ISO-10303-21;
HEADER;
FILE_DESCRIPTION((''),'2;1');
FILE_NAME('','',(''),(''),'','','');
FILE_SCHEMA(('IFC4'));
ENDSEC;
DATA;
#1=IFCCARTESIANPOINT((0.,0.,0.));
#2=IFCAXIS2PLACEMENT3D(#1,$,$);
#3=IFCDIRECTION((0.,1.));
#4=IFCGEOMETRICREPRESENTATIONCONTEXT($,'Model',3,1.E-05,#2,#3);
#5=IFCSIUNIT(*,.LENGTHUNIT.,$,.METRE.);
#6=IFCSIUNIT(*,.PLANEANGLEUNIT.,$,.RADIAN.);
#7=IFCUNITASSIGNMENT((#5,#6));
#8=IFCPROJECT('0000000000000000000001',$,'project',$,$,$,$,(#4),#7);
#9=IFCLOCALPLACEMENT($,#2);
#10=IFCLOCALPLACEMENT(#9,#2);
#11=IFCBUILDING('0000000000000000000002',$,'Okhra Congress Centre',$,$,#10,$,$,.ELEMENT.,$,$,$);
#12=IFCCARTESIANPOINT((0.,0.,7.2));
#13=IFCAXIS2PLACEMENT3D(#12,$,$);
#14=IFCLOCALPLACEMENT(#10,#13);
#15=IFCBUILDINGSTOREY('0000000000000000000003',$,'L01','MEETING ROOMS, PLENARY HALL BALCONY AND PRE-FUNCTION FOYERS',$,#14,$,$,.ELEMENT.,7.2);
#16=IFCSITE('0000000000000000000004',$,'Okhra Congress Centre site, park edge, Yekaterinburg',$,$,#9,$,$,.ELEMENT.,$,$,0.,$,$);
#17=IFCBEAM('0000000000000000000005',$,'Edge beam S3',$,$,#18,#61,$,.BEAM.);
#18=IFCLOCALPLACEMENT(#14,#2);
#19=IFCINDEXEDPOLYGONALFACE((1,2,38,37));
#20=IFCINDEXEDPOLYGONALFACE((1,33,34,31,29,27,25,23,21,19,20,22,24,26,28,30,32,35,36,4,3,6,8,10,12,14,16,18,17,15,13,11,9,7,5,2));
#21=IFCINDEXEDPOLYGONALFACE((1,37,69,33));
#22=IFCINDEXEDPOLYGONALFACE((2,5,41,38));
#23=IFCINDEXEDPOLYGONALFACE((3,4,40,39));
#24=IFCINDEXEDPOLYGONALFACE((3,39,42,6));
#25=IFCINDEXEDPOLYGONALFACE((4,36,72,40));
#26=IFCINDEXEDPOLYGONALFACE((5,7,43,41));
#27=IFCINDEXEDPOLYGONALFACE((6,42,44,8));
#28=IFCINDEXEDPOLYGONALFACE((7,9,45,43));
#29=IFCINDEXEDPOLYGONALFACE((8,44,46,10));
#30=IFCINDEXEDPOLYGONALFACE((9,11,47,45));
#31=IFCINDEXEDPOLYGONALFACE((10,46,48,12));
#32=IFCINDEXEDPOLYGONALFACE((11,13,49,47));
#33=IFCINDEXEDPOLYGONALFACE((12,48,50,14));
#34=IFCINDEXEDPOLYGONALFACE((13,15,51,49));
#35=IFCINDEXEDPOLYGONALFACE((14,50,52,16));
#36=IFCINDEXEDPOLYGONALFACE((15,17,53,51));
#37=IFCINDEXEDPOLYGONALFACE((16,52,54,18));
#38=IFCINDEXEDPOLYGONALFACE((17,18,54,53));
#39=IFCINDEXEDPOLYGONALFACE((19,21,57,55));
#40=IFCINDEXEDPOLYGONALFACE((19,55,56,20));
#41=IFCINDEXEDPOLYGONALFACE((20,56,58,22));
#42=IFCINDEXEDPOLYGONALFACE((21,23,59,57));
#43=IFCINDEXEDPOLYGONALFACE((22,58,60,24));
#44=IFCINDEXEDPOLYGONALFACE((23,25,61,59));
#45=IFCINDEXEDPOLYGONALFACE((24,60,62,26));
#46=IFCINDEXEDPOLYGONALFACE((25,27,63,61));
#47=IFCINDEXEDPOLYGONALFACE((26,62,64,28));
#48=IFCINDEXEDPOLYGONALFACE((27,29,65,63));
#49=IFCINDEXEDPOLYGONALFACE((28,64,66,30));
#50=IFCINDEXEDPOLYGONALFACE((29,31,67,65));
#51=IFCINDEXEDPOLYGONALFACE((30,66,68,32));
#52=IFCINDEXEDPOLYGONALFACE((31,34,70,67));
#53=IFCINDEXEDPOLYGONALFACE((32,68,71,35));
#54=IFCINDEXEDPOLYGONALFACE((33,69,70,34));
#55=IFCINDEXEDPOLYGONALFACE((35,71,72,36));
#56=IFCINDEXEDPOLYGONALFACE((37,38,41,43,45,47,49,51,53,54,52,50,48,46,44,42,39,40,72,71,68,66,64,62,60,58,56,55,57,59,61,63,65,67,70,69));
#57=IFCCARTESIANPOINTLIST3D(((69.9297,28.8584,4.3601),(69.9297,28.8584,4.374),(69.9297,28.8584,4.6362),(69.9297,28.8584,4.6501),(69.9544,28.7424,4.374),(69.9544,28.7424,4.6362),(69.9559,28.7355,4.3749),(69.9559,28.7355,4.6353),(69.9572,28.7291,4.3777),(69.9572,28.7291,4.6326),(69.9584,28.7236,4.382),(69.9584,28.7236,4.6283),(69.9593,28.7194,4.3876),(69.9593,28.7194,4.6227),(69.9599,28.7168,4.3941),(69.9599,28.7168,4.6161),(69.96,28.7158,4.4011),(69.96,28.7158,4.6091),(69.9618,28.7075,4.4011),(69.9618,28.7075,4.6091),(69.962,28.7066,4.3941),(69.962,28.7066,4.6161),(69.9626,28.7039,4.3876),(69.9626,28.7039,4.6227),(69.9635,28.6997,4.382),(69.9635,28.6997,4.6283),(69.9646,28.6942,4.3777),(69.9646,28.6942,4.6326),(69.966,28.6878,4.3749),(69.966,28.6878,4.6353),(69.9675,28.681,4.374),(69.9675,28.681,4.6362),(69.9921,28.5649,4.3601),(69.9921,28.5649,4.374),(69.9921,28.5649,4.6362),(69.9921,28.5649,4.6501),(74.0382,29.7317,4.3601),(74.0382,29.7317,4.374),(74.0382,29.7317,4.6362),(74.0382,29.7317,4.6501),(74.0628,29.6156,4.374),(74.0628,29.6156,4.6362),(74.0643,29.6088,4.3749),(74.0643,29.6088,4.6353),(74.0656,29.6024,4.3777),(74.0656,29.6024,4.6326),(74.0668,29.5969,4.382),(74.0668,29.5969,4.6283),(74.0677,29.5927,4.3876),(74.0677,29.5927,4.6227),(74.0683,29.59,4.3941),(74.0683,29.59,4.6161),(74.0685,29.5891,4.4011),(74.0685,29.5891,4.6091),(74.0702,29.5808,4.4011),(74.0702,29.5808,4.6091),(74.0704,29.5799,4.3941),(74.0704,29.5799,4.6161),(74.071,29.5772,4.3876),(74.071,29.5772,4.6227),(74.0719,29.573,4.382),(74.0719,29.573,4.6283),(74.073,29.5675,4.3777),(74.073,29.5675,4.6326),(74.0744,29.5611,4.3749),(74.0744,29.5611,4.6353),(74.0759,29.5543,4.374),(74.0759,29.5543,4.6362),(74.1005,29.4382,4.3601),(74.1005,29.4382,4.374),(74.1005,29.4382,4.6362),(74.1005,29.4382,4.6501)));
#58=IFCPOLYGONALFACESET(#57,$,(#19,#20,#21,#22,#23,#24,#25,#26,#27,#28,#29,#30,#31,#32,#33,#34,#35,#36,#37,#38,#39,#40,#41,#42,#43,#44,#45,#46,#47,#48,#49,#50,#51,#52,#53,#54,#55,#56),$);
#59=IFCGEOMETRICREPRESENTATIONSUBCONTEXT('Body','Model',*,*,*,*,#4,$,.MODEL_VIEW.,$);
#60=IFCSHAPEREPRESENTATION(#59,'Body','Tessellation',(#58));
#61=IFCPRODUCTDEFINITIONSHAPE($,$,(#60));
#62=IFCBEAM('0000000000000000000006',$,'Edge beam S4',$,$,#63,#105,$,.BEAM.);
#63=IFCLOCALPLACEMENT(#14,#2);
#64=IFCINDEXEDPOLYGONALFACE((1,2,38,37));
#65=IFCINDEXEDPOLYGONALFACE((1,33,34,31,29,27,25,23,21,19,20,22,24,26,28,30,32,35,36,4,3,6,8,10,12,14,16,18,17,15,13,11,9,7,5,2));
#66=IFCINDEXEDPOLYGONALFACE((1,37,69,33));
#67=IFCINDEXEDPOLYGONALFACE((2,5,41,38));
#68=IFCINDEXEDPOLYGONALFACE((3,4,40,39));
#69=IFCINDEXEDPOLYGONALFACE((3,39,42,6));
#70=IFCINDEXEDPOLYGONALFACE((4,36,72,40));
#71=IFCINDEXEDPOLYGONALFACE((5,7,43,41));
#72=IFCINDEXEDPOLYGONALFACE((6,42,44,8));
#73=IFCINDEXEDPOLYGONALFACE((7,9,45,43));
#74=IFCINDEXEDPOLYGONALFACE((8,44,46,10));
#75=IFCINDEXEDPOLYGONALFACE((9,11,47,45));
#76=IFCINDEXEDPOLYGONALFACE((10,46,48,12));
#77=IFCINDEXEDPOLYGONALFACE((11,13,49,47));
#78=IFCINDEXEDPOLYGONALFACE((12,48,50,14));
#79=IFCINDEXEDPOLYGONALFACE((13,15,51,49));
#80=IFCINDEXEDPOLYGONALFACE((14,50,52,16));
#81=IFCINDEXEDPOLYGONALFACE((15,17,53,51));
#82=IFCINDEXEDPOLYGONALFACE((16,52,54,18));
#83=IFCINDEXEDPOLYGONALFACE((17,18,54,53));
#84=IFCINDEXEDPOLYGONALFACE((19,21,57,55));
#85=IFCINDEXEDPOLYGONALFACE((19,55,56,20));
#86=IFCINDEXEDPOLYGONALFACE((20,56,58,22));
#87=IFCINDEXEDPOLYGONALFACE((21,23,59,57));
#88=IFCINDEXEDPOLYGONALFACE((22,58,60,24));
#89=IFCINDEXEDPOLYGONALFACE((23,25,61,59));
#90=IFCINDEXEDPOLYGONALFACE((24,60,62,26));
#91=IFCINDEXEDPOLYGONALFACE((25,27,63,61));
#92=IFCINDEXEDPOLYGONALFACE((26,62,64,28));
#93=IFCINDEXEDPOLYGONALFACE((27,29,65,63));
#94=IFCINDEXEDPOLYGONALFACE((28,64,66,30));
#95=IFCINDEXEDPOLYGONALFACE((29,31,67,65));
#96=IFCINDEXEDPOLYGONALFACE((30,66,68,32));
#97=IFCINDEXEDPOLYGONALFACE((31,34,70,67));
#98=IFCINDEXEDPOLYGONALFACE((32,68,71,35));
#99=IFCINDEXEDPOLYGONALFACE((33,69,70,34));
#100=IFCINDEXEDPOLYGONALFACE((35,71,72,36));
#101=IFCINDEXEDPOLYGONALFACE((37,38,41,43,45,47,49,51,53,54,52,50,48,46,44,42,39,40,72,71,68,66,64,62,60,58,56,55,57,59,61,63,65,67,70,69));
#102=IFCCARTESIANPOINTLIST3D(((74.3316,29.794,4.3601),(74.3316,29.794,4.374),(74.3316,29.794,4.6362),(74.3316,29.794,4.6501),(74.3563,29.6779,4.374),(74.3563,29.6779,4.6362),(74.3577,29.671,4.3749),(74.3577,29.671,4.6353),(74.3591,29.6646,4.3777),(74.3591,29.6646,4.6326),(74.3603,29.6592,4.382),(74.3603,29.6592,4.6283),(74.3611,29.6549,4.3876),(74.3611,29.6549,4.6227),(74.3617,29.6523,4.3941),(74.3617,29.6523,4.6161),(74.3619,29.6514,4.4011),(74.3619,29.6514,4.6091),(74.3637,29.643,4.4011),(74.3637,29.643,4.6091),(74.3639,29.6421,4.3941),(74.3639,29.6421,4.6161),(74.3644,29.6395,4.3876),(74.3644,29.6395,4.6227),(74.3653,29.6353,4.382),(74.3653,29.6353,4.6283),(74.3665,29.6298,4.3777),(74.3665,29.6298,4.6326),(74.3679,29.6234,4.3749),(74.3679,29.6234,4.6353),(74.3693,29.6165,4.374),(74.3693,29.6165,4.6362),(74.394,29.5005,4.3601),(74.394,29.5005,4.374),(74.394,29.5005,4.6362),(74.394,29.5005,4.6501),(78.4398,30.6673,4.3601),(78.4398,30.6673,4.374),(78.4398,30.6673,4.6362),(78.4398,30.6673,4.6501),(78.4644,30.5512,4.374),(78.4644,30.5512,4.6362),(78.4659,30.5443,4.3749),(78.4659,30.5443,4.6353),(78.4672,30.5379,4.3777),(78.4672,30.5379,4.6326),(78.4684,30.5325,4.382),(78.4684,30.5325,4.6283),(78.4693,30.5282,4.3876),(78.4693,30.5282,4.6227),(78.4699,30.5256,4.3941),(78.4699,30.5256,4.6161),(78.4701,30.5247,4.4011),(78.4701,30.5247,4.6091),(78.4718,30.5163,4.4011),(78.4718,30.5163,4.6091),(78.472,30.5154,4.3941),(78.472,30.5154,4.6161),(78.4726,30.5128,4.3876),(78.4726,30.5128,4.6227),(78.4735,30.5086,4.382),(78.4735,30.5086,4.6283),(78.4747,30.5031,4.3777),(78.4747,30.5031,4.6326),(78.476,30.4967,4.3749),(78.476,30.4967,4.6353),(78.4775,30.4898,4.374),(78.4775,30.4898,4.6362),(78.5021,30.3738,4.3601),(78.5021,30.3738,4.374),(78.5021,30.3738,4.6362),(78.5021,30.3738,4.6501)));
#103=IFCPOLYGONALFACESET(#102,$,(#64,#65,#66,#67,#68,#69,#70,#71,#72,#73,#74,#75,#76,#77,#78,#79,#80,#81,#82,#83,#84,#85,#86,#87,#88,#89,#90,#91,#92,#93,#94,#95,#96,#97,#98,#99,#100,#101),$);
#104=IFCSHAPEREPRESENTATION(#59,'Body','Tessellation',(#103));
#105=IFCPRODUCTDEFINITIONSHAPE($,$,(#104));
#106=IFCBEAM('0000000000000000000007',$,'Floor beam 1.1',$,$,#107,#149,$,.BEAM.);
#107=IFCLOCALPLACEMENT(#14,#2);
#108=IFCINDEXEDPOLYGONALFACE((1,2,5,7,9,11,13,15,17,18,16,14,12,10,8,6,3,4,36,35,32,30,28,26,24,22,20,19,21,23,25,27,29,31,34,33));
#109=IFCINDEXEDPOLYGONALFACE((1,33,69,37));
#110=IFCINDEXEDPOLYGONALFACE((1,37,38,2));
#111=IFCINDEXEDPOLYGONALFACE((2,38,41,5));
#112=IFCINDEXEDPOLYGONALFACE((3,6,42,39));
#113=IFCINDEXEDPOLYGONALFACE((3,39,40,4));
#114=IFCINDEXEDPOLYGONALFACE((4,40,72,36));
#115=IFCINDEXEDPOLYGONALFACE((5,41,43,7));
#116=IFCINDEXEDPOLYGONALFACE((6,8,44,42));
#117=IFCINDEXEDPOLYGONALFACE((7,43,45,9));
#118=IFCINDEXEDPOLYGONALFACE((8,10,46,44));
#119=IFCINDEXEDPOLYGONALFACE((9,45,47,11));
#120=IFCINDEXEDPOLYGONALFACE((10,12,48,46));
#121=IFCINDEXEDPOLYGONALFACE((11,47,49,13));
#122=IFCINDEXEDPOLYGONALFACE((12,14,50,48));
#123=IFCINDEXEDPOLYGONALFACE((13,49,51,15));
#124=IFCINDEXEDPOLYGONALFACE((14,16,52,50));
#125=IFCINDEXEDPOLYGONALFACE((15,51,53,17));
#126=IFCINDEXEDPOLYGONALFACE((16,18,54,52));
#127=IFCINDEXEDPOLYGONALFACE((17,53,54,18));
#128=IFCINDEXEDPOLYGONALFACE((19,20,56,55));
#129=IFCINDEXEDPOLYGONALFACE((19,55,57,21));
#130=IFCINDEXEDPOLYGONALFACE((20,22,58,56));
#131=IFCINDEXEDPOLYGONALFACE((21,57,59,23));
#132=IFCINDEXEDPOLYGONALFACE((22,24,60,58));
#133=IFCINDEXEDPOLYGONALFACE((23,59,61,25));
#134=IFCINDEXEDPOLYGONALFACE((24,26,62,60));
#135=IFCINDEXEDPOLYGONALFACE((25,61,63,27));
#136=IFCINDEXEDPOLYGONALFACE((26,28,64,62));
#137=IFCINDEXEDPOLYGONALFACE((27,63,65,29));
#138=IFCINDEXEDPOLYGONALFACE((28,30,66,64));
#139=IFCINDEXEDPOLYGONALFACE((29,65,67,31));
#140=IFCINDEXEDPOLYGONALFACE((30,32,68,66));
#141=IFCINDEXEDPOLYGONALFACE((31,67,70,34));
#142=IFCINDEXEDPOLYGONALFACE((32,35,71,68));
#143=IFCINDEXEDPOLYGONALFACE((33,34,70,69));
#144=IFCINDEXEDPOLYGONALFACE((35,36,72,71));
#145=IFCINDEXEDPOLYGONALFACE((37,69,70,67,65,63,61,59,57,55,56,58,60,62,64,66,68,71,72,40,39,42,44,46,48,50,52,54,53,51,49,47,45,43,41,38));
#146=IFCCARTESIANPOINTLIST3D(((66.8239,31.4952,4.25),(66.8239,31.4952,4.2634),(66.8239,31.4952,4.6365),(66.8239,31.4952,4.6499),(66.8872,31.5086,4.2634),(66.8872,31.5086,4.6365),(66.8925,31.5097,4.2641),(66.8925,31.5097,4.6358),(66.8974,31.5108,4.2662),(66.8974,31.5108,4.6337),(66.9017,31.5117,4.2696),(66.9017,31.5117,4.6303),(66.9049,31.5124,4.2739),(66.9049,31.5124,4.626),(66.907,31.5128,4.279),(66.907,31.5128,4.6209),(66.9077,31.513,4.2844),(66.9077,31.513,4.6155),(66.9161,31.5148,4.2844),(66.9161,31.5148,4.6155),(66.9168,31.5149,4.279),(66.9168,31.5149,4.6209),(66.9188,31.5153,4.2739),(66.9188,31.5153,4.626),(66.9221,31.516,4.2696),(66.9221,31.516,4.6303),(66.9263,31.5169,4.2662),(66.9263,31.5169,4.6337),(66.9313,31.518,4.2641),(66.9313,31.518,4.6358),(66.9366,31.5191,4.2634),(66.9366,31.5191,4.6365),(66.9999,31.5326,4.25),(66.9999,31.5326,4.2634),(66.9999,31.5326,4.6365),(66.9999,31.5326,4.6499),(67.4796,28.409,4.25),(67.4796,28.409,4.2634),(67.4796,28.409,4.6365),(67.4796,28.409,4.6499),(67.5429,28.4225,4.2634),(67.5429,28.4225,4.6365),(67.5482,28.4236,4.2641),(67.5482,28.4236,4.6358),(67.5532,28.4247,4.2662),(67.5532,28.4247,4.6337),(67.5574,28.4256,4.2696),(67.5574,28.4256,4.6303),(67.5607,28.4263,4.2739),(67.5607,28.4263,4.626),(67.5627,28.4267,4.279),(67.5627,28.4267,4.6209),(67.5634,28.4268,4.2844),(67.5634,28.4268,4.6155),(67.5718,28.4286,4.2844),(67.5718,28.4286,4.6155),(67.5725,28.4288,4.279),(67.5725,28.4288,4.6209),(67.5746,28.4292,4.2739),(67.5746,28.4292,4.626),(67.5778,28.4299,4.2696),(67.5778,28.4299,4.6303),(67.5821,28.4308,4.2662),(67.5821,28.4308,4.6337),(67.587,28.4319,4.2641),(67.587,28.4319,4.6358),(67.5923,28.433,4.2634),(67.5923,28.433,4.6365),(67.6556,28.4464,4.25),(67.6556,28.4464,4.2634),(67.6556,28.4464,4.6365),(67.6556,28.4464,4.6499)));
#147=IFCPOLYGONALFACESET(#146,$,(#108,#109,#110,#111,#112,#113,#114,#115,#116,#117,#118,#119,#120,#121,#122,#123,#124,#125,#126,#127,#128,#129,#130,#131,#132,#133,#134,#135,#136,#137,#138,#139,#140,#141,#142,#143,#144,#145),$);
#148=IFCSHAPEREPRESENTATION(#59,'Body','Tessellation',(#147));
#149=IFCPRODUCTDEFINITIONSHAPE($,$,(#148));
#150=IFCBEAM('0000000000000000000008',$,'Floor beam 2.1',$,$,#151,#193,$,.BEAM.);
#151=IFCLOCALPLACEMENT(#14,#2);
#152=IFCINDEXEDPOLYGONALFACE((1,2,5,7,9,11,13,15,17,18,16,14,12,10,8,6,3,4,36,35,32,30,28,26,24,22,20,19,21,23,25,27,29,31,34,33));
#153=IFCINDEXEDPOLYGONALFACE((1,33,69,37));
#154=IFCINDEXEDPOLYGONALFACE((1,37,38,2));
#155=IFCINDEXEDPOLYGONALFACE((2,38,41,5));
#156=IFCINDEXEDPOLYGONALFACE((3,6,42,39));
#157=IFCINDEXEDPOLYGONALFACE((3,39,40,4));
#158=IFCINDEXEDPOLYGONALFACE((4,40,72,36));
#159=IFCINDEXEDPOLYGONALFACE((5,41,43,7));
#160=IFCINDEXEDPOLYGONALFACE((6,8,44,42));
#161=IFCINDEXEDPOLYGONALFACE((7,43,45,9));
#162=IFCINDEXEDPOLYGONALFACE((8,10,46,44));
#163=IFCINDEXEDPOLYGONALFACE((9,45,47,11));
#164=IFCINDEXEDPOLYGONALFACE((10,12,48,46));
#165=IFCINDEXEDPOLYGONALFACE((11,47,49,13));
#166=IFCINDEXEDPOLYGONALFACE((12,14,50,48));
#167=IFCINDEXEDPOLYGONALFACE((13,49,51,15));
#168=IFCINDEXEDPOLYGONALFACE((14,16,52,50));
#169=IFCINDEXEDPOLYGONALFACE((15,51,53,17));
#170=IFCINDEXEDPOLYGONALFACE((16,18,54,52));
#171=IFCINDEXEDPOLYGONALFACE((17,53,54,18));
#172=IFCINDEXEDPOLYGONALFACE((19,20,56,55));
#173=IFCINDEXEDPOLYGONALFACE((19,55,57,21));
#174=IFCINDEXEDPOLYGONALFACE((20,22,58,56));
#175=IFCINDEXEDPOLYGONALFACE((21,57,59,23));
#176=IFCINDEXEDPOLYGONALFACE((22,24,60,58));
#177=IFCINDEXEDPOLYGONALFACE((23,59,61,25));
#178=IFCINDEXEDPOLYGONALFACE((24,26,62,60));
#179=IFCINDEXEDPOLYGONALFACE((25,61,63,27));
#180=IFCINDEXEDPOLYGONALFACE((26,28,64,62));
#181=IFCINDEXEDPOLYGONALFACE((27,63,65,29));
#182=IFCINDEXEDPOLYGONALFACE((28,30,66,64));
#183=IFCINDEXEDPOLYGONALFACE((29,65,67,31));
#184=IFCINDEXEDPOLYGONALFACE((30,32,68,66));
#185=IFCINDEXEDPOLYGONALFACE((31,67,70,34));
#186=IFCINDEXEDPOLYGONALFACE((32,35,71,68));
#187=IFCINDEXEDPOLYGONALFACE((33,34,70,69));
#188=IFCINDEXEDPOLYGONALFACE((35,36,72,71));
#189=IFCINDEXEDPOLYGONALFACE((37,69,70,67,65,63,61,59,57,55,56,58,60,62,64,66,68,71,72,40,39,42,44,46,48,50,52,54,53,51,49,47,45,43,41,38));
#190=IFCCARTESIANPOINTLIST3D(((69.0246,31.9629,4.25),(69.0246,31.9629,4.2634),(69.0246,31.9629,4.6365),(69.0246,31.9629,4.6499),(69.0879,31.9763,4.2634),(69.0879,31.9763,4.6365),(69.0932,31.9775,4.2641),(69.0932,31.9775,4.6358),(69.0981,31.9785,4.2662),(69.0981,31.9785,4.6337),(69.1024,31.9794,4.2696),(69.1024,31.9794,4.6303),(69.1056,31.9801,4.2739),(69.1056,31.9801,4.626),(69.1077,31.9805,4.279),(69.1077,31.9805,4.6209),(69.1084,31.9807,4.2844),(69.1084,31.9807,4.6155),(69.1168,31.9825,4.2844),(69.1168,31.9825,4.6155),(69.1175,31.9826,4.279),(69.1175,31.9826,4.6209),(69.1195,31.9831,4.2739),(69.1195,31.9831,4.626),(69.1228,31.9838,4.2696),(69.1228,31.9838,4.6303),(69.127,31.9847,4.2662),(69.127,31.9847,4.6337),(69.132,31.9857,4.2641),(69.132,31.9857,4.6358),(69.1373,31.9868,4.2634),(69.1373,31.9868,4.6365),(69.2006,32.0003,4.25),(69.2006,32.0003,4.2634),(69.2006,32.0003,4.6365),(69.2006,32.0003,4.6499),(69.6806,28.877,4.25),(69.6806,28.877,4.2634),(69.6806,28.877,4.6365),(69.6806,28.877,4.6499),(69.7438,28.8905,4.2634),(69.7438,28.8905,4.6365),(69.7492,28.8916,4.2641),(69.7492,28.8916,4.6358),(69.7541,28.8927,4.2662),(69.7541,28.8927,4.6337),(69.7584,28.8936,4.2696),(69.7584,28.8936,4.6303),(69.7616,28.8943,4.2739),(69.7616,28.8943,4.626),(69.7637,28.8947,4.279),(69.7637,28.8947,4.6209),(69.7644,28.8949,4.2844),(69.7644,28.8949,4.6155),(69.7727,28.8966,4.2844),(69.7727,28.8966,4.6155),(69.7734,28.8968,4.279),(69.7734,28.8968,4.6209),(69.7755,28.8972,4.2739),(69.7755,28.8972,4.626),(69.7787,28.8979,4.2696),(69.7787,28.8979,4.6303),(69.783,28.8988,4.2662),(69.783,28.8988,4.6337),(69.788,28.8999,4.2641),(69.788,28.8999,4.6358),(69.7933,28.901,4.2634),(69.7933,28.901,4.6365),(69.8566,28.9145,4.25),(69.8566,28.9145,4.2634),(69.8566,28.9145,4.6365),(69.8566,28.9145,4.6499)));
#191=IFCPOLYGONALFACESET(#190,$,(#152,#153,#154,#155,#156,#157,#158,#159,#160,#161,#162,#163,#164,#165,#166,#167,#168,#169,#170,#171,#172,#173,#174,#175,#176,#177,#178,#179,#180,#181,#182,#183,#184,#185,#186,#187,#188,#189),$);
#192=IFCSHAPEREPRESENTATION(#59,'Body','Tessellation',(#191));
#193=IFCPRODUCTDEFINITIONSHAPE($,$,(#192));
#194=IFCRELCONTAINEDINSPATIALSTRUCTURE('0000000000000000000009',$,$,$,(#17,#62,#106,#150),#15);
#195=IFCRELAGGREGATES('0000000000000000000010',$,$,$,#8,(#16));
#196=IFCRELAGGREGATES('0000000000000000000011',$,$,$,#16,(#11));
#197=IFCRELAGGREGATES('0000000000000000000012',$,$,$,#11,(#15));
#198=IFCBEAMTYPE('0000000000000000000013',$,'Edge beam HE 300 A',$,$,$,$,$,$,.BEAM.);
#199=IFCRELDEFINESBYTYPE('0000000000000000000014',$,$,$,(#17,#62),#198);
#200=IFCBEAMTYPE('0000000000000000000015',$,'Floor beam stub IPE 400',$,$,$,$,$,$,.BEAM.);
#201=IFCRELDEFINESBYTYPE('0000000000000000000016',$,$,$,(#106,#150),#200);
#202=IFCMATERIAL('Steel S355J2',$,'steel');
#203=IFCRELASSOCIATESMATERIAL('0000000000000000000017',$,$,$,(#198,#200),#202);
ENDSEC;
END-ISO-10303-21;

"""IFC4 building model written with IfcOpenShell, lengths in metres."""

from ifc_helpers import new_model, si_unit, direction, frame, origin, origin_2d, place, context, subcontext, project, spatial, i_section, extrude, material, material_profile, profile_set, type_object, element, save


model = new_model("IFC4")

# Units and contexts
model_context = context("Model", 3, precision=1e-05, world=origin(), true_north=direction((0.0, 1.0)))
body_context = subcontext(model_context, "Body", "Model", "MODEL_VIEW")
ifc_project = project(units=[si_unit("LENGTHUNIT", "METRE"), si_unit("PLANEANGLEUNIT", "RADIAN")], contexts=[model_context])

# Site, building, storey
site_placement = place(None, origin())
site = spatial("IfcSite", under=ifc_project, at=site_placement, Name="Okhra Congress Centre site, park edge, Yekaterinburg", CompositionType="ELEMENT", RefElevation=0.0)
building_placement = place(site_placement, origin())
building = spatial("IfcBuilding", under=site, at=building_placement, Name="Okhra Congress Centre", CompositionType="ELEMENT")
storey_placement = place(building_placement, frame((0.0, 0.0, 7.2)))
storey = spatial("IfcBuildingStorey", under=building, at=storey_placement, Name="L01", Description="MEETING ROOMS, PLENARY HALL BALCONY AND PRE-FUNCTION FOYERS", CompositionType="ELEMENT", Elevation=7.2)

# Shared definitions
ifc_material_1 = material(Name="Steel S355J2", Category="steel")

# Beams
ifc_material_profile_1 = material_profile(ifc_material_1, i_section(OverallWidth=0.3, OverallDepth=0.29, WebThickness=0.0085, FlangeThickness=0.0139, FilletRadius=0.0271, at=origin_2d()), Name="HE 300 A")
ifc_profile_set_1 = profile_set([ifc_material_profile_1], Name="Steel S355J2")
beam_type_1 = type_object("IfcBeamType", Name="Edge beam HE 300 A", PredefinedType="BEAM", material=ifc_profile_set_1)
beam_1_placement = place(storey_placement, frame((69.9609, 28.7117, 4.5051), z_axis=(0.978146, 0.207917, 0.0), x_axis=(-0.207917, 0.978146, 0.0)))
element("IfcBeam", 1, at=beam_1_placement, inside=storey, type_object=beam_type_1, Name="Edge beam S3", PredefinedType="BEAM", context=body_context, shape_type="SweptSolid", body=[
    extrude(i_section(OverallWidth=0.3, OverallDepth=0.29, WebThickness=0.0085, FlangeThickness=0.0139, FilletRadius=0.0271, at=origin_2d()), origin(), (0.0, 0.0, 1.0), 4.2002),
])
beam_2_placement = place(storey_placement, frame((74.3628, 29.6472, 4.5051), z_axis=(0.978144, 0.207929, 0.0), x_axis=(-0.207929, 0.978144, 0.0)))
element("IfcBeam", 2, at=beam_2_placement, inside=storey, type_object=beam_type_1, Name="Edge beam S4", PredefinedType="BEAM", context=body_context, shape_type="SweptSolid", body=[
    extrude(i_section(OverallWidth=0.3, OverallDepth=0.29, WebThickness=0.0085, FlangeThickness=0.0139, FilletRadius=0.0271, at=origin_2d()), origin(), (0.0, 0.0, 1.0), 4.2),
])
ifc_material_profile_2 = material_profile(ifc_material_1, i_section(OverallWidth=0.1799, OverallDepth=0.3999, WebThickness=0.0085, FlangeThickness=0.0134, FilletRadius=0.021, at=origin_2d()), Name="IPE 400")
ifc_profile_set_2 = profile_set([ifc_material_profile_2], Name="Steel S355J2")
beam_type_2 = type_object("IfcBeamType", Name="Floor beam stub IPE 400", PredefinedType="BEAM", material=ifc_profile_set_2)
beam_3_placement = place(storey_placement, frame((67.5676, 28.4277, 4.45), z_axis=(-0.207843, 0.978162, 0.0), x_axis=(-0.978162, -0.207843, 0.0)))
element("IfcBeam", 3, at=beam_3_placement, inside=storey, type_object=beam_type_2, Name="Floor beam 1.1", PredefinedType="BEAM", context=body_context, shape_type="SweptSolid", body=[
    extrude(i_section(OverallWidth=0.1799, OverallDepth=0.3999, WebThickness=0.0085, FlangeThickness=0.0134, FilletRadius=0.021, at=origin_2d()), origin(), (0.0, 0.0, 1.0), 3.155),
])
for number, where, z_axis, x_axis, name in (
    (4, (69.7686, 28.8958, 4.45), (-0.207933, 0.978143, 0.0), (-0.978143, -0.207933, 0.0), "Floor beam 2.1"),
):
    element("IfcBeam", number, at=place(storey_placement, frame(where, z_axis=z_axis, x_axis=x_axis)), inside=storey, type_object=beam_type_2, Name=name, PredefinedType="BEAM", context=body_context, shape_type="SweptSolid", body=[
        extrude(i_section(OverallWidth=0.1799, OverallDepth=0.3999, WebThickness=0.0085, FlangeThickness=0.0134, FilletRadius=0.021, at=origin_2d()), origin(), (0.0, 0.0, 1.0), 3.1548),
    ])

save(model, "model.ifc")
